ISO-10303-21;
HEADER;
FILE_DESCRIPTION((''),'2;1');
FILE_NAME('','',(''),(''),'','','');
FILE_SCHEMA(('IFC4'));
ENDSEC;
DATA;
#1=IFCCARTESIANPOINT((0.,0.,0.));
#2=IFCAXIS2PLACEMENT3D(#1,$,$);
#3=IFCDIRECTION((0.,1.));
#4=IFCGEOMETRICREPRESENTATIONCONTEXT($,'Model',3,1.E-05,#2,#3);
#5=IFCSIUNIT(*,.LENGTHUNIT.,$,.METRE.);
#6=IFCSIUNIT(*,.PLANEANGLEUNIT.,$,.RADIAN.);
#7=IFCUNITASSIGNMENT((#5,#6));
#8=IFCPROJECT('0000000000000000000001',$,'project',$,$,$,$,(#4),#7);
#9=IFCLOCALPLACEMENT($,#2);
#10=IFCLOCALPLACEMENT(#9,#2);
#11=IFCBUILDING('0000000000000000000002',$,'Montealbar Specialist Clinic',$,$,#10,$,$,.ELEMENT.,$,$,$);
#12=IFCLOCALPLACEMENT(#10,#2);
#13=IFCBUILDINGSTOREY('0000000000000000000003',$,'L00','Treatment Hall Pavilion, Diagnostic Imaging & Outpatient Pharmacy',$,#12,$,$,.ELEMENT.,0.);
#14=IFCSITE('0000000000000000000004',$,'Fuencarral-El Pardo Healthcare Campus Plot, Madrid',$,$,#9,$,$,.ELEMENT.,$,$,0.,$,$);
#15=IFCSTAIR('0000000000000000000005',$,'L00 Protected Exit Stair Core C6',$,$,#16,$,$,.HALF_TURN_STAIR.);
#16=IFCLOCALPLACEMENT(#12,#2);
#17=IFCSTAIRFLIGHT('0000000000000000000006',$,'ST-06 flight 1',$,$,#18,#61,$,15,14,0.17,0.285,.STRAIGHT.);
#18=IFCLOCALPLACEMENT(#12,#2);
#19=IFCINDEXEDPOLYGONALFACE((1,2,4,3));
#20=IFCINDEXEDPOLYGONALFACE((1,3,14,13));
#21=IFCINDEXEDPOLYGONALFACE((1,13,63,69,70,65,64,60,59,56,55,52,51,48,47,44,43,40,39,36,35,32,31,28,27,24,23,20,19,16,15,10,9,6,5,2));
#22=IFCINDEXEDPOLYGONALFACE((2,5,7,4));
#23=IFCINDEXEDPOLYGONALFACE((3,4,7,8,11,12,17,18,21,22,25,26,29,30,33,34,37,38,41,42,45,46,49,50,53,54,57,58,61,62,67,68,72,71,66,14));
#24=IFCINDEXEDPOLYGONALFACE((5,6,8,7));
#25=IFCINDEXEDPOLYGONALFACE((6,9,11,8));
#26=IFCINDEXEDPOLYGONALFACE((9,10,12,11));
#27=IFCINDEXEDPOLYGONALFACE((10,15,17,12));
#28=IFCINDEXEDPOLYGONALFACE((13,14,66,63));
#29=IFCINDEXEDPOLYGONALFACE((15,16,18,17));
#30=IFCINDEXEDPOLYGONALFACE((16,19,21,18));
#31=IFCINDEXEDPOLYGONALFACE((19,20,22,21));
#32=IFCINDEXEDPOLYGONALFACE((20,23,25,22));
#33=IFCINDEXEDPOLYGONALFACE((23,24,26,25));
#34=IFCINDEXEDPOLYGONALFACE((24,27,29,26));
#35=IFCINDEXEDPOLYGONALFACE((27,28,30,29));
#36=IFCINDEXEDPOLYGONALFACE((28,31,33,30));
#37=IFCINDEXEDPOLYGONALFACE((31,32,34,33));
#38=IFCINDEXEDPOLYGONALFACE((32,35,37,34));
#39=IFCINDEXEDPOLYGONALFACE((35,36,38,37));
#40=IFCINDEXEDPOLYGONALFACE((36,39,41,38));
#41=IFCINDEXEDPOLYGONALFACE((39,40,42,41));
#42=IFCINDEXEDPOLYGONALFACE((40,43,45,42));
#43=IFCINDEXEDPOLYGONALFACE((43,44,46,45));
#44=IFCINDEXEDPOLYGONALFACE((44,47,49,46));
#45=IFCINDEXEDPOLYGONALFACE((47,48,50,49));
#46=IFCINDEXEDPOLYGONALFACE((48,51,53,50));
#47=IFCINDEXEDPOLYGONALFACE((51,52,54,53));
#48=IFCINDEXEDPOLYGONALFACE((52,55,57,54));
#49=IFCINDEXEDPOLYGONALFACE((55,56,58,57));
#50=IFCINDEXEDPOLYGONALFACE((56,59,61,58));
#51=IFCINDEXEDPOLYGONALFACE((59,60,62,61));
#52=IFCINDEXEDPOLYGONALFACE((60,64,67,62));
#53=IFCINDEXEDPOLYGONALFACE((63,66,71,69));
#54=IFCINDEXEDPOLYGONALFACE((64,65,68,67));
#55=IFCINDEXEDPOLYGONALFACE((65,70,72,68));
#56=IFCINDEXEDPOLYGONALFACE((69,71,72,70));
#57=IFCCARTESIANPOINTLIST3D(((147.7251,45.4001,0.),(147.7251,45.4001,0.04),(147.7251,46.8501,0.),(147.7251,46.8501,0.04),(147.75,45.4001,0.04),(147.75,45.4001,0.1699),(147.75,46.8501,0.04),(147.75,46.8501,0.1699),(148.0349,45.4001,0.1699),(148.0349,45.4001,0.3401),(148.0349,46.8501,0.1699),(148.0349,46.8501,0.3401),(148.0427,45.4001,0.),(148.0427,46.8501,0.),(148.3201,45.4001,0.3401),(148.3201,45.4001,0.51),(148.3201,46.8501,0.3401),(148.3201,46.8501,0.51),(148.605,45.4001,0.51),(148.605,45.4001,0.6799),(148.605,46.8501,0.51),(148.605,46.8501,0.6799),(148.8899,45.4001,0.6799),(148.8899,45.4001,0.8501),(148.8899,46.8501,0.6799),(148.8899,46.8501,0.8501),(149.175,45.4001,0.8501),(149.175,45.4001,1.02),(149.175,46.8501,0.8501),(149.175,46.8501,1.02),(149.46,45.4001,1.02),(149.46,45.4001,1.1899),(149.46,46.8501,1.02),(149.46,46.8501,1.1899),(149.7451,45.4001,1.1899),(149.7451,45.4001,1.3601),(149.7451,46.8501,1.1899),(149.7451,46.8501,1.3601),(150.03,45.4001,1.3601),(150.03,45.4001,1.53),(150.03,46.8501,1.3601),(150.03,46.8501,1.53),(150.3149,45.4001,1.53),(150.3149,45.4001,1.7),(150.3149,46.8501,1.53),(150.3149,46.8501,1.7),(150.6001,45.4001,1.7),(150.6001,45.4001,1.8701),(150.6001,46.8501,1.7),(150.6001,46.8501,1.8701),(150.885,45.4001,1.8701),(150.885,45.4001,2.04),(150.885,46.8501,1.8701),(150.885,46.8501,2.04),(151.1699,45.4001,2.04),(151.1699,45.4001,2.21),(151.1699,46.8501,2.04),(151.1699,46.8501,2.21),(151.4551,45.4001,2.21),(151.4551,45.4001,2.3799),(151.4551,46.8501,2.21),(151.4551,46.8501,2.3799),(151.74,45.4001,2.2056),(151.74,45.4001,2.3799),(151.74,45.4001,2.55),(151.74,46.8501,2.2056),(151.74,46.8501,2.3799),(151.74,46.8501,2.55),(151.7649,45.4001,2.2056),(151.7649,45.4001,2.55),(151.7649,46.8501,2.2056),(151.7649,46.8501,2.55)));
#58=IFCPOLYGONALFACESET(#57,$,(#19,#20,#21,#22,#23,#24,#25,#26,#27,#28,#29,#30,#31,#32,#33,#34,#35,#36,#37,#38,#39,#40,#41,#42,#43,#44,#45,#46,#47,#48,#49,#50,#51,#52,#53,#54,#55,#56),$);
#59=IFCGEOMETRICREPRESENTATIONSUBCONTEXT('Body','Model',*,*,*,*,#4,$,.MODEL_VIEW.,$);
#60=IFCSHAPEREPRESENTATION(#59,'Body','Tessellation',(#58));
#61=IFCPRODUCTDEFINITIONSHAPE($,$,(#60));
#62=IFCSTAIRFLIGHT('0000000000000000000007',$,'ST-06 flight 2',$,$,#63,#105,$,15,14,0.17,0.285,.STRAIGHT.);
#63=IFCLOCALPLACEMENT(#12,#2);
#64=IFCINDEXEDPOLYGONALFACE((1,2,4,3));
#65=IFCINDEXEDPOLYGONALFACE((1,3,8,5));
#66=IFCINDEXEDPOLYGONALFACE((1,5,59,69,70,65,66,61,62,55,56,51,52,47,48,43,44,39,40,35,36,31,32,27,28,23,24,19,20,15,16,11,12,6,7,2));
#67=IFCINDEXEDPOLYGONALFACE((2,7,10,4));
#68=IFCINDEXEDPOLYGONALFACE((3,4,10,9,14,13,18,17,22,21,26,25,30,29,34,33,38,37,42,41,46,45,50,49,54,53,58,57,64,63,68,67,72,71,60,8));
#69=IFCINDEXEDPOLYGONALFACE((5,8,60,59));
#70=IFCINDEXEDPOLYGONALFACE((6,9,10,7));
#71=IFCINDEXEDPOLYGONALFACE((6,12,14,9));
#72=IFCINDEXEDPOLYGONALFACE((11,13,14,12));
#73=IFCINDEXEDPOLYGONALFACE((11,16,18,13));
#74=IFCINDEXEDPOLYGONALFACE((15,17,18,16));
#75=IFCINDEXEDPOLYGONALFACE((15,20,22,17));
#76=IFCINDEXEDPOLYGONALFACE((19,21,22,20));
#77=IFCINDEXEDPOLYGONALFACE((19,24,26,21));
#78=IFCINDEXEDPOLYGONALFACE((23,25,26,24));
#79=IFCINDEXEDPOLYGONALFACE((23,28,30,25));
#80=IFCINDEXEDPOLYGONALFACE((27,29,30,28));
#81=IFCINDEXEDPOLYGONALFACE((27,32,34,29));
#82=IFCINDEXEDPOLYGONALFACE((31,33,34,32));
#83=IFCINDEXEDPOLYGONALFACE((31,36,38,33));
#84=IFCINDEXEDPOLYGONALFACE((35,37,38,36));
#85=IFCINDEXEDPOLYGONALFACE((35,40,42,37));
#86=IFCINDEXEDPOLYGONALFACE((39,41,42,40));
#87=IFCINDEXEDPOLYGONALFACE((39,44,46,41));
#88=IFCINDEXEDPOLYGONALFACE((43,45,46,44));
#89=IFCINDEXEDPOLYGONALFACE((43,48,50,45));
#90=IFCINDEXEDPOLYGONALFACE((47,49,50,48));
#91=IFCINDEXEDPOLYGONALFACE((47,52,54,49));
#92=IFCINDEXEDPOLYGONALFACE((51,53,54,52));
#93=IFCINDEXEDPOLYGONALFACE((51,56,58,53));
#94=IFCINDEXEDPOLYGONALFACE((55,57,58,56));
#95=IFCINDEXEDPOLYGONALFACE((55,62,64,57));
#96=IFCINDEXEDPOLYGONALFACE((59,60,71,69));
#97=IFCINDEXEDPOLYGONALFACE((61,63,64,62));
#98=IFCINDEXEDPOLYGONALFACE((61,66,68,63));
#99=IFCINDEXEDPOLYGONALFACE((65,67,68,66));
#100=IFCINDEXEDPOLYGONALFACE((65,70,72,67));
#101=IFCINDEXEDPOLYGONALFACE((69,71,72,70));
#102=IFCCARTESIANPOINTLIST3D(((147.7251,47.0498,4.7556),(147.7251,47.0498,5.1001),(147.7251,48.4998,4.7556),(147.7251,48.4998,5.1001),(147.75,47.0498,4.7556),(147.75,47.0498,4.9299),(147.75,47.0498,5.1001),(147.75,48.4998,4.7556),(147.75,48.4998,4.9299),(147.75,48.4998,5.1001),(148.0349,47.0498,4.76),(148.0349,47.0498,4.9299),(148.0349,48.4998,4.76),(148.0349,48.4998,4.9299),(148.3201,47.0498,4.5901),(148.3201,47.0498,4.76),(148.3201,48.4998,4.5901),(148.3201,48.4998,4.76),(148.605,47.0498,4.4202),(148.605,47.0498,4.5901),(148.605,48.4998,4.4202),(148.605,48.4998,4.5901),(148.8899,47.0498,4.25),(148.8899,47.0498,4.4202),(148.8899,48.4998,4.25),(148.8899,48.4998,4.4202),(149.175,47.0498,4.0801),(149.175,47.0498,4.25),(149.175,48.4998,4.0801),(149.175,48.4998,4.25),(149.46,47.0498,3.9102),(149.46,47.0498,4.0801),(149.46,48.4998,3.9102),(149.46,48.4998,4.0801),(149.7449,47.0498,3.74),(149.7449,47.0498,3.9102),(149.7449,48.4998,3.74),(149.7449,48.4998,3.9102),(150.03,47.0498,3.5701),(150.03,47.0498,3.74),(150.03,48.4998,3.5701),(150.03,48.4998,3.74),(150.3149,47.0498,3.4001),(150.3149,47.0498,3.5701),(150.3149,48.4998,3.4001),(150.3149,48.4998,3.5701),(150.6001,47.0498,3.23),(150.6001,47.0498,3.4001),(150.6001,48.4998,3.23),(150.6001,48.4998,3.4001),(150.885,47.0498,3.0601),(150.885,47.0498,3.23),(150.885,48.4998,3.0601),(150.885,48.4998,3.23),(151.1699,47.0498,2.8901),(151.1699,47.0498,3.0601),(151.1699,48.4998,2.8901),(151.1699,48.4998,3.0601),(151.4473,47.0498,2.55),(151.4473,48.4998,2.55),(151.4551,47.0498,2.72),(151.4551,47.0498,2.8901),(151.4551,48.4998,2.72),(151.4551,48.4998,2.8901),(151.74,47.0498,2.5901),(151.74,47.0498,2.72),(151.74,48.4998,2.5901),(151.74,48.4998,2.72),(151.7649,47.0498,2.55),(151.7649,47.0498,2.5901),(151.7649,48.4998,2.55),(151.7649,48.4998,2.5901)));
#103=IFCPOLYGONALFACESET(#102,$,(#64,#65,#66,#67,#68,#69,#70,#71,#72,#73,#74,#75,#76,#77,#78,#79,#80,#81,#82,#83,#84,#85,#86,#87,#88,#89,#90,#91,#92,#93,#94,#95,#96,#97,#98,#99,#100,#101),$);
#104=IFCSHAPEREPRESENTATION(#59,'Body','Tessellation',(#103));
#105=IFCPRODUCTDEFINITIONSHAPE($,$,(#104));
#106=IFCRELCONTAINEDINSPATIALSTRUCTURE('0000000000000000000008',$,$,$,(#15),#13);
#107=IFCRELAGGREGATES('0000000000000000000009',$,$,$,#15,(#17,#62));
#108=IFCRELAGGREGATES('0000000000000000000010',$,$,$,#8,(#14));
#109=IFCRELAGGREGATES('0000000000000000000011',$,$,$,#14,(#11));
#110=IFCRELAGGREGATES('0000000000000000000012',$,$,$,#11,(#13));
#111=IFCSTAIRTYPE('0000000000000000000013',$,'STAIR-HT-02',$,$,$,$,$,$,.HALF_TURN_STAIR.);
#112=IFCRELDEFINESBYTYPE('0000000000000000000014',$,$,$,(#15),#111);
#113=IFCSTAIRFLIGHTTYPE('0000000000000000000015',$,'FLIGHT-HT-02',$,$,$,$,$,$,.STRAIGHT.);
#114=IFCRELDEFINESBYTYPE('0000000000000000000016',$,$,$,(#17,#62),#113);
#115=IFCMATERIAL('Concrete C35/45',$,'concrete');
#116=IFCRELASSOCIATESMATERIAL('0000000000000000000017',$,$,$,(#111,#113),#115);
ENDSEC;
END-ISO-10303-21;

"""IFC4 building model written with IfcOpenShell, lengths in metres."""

from ifc_helpers import new_model, si_unit, direction, frame, origin, place, context, subcontext, project, spatial, polyline, outline, extrude, material, type_object, element, aggregate, save


model = new_model("IFC4")

# Units and contexts
model_context = context("Model", 3, precision=1e-05, world=origin(), true_north=direction((0.0, 1.0)))
body_context = subcontext(model_context, "Body", "Model", "MODEL_VIEW")
ifc_project = project(units=[si_unit("LENGTHUNIT", "METRE"), si_unit("PLANEANGLEUNIT", "RADIAN")], contexts=[model_context])

# Site, building, storey
site_placement = place(None, origin())
site = spatial("IfcSite", under=ifc_project, at=site_placement, Name="Fuencarral-El Pardo Healthcare Campus Plot, Madrid", CompositionType="ELEMENT", RefElevation=0.0)
building_placement = place(site_placement, origin())
building = spatial("IfcBuilding", under=site, at=building_placement, Name="Montealbar Specialist Clinic", CompositionType="ELEMENT")
storey_placement = place(building_placement, origin())
storey = spatial("IfcBuildingStorey", under=building, at=storey_placement, Name="L00", Description="Treatment Hall Pavilion, Diagnostic Imaging & Outpatient Pharmacy", CompositionType="ELEMENT", Elevation=0.0)

# Shared definitions
ifc_material_1 = material(Name="Concrete C35/45", Category="concrete")

# Stair, stair flights
stair_type = type_object("IfcStairType", Name="STAIR-HT-02", PredefinedType="HALF_TURN_STAIR", material=ifc_material_1)
stair_placement = place(storey_placement, origin())
stair = element("IfcStair", 1, at=stair_placement, inside=storey, type_object=stair_type, Name="L00 Protected Exit Stair Core C6", PredefinedType="HALF_TURN_STAIR")
stair_flight_type = type_object("IfcStairFlightType", Name="FLIGHT-HT-02", PredefinedType="STRAIGHT", material=ifc_material_1)
stair_flight_1_placement = place(storey_placement, frame((147.75, 46.125, 0.0), z_axis=(0.0, 0.0, 1.0), x_axis=(1.0, 0.0, 0.0)))
stair_flight_1 = element("IfcStairFlight", 2, at=stair_flight_1_placement, type_object=stair_flight_type, Name="ST-06 flight 1", NumberOfRisers=15, NumberOfTreads=14, PredefinedType="STRAIGHT", RiserHeight=0.17, TreadLength=0.285, context=body_context, shape_type="SweptSolid", body=[
    extrude(outline(polyline([(-0.0249, 0.0), (-0.0249, 0.04), (0.0, 0.04), (0.0, 0.1699), (0.2849, 0.1699), (0.2849, 0.3401), (0.5701, 0.3401), (0.5701, 0.51), (0.855, 0.51), (0.855, 0.6799), (1.1399, 0.6799), (1.1399, 0.8501), (1.425, 0.8501), (1.425, 1.02), (1.71, 1.02), (1.71, 1.1899), (1.9951, 1.1899), (1.9951, 1.3601), (2.28, 1.3601), (2.28, 1.53), (2.5649, 1.53), (2.5649, 1.7), (2.8501, 1.7), (2.8501, 1.8701), (3.135, 1.8701), (3.135, 2.04), (3.4199, 2.04), (3.4199, 2.21), (3.7051, 2.21), (3.7051, 2.3799), (3.99, 2.3799), (3.99, 2.55), (4.0149, 2.55), (4.0149, 2.2056), (3.99, 2.2056), (0.2927, 0.0), (-0.0249, 0.0)])), frame((0.0, 0.7251, 0.0), z_axis=(0.0, -1.0, 0.0), x_axis=(1.0, 0.0, 0.0)), (0.0, 0.0, 1.0), 1.45),
])
stair_flight_2_placement = place(storey_placement, frame((151.74, 47.7749, 2.55), z_axis=(0.0, 0.0, 1.0), x_axis=(-1.0, 0.0, 0.0)))
stair_flight_2 = element("IfcStairFlight", 3, at=stair_flight_2_placement, type_object=stair_flight_type, Name="ST-06 flight 2", NumberOfRisers=15, NumberOfTreads=14, PredefinedType="STRAIGHT", RiserHeight=0.17, TreadLength=0.285, context=body_context, shape_type="SweptSolid", body=[
    extrude(outline(polyline([(-0.0249, 0.0), (-0.0249, 0.04), (0.0, 0.04), (0.0, 0.1699), (0.2849, 0.1699), (0.2849, 0.3401), (0.5701, 0.3401), (0.5701, 0.51), (0.855, 0.51), (0.855, 0.6799), (1.1399, 0.6799), (1.1399, 0.8501), (1.425, 0.8501), (1.425, 1.02), (1.71, 1.02), (1.71, 1.1899), (1.9951, 1.1899), (1.9951, 1.3601), (2.28, 1.3601), (2.28, 1.53), (2.5649, 1.53), (2.5649, 1.7), (2.8501, 1.7), (2.8501, 1.8701), (3.135, 1.8701), (3.135, 2.04), (3.4199, 2.04), (3.4199, 2.21), (3.7051, 2.21), (3.7051, 2.3799), (3.99, 2.3799), (3.99, 2.55), (4.0149, 2.55), (4.0149, 2.2056), (3.99, 2.2056), (0.2927, 0.0), (-0.0249, 0.0)])), frame((0.0, 0.7251, 0.0), z_axis=(0.0, -1.0, 0.0), x_axis=(1.0, 0.0, 0.0)), (0.0, 0.0, 1.0), 1.45),
])
aggregate(stair, [stair_flight_1, stair_flight_2])

save(model, "model.ifc")
